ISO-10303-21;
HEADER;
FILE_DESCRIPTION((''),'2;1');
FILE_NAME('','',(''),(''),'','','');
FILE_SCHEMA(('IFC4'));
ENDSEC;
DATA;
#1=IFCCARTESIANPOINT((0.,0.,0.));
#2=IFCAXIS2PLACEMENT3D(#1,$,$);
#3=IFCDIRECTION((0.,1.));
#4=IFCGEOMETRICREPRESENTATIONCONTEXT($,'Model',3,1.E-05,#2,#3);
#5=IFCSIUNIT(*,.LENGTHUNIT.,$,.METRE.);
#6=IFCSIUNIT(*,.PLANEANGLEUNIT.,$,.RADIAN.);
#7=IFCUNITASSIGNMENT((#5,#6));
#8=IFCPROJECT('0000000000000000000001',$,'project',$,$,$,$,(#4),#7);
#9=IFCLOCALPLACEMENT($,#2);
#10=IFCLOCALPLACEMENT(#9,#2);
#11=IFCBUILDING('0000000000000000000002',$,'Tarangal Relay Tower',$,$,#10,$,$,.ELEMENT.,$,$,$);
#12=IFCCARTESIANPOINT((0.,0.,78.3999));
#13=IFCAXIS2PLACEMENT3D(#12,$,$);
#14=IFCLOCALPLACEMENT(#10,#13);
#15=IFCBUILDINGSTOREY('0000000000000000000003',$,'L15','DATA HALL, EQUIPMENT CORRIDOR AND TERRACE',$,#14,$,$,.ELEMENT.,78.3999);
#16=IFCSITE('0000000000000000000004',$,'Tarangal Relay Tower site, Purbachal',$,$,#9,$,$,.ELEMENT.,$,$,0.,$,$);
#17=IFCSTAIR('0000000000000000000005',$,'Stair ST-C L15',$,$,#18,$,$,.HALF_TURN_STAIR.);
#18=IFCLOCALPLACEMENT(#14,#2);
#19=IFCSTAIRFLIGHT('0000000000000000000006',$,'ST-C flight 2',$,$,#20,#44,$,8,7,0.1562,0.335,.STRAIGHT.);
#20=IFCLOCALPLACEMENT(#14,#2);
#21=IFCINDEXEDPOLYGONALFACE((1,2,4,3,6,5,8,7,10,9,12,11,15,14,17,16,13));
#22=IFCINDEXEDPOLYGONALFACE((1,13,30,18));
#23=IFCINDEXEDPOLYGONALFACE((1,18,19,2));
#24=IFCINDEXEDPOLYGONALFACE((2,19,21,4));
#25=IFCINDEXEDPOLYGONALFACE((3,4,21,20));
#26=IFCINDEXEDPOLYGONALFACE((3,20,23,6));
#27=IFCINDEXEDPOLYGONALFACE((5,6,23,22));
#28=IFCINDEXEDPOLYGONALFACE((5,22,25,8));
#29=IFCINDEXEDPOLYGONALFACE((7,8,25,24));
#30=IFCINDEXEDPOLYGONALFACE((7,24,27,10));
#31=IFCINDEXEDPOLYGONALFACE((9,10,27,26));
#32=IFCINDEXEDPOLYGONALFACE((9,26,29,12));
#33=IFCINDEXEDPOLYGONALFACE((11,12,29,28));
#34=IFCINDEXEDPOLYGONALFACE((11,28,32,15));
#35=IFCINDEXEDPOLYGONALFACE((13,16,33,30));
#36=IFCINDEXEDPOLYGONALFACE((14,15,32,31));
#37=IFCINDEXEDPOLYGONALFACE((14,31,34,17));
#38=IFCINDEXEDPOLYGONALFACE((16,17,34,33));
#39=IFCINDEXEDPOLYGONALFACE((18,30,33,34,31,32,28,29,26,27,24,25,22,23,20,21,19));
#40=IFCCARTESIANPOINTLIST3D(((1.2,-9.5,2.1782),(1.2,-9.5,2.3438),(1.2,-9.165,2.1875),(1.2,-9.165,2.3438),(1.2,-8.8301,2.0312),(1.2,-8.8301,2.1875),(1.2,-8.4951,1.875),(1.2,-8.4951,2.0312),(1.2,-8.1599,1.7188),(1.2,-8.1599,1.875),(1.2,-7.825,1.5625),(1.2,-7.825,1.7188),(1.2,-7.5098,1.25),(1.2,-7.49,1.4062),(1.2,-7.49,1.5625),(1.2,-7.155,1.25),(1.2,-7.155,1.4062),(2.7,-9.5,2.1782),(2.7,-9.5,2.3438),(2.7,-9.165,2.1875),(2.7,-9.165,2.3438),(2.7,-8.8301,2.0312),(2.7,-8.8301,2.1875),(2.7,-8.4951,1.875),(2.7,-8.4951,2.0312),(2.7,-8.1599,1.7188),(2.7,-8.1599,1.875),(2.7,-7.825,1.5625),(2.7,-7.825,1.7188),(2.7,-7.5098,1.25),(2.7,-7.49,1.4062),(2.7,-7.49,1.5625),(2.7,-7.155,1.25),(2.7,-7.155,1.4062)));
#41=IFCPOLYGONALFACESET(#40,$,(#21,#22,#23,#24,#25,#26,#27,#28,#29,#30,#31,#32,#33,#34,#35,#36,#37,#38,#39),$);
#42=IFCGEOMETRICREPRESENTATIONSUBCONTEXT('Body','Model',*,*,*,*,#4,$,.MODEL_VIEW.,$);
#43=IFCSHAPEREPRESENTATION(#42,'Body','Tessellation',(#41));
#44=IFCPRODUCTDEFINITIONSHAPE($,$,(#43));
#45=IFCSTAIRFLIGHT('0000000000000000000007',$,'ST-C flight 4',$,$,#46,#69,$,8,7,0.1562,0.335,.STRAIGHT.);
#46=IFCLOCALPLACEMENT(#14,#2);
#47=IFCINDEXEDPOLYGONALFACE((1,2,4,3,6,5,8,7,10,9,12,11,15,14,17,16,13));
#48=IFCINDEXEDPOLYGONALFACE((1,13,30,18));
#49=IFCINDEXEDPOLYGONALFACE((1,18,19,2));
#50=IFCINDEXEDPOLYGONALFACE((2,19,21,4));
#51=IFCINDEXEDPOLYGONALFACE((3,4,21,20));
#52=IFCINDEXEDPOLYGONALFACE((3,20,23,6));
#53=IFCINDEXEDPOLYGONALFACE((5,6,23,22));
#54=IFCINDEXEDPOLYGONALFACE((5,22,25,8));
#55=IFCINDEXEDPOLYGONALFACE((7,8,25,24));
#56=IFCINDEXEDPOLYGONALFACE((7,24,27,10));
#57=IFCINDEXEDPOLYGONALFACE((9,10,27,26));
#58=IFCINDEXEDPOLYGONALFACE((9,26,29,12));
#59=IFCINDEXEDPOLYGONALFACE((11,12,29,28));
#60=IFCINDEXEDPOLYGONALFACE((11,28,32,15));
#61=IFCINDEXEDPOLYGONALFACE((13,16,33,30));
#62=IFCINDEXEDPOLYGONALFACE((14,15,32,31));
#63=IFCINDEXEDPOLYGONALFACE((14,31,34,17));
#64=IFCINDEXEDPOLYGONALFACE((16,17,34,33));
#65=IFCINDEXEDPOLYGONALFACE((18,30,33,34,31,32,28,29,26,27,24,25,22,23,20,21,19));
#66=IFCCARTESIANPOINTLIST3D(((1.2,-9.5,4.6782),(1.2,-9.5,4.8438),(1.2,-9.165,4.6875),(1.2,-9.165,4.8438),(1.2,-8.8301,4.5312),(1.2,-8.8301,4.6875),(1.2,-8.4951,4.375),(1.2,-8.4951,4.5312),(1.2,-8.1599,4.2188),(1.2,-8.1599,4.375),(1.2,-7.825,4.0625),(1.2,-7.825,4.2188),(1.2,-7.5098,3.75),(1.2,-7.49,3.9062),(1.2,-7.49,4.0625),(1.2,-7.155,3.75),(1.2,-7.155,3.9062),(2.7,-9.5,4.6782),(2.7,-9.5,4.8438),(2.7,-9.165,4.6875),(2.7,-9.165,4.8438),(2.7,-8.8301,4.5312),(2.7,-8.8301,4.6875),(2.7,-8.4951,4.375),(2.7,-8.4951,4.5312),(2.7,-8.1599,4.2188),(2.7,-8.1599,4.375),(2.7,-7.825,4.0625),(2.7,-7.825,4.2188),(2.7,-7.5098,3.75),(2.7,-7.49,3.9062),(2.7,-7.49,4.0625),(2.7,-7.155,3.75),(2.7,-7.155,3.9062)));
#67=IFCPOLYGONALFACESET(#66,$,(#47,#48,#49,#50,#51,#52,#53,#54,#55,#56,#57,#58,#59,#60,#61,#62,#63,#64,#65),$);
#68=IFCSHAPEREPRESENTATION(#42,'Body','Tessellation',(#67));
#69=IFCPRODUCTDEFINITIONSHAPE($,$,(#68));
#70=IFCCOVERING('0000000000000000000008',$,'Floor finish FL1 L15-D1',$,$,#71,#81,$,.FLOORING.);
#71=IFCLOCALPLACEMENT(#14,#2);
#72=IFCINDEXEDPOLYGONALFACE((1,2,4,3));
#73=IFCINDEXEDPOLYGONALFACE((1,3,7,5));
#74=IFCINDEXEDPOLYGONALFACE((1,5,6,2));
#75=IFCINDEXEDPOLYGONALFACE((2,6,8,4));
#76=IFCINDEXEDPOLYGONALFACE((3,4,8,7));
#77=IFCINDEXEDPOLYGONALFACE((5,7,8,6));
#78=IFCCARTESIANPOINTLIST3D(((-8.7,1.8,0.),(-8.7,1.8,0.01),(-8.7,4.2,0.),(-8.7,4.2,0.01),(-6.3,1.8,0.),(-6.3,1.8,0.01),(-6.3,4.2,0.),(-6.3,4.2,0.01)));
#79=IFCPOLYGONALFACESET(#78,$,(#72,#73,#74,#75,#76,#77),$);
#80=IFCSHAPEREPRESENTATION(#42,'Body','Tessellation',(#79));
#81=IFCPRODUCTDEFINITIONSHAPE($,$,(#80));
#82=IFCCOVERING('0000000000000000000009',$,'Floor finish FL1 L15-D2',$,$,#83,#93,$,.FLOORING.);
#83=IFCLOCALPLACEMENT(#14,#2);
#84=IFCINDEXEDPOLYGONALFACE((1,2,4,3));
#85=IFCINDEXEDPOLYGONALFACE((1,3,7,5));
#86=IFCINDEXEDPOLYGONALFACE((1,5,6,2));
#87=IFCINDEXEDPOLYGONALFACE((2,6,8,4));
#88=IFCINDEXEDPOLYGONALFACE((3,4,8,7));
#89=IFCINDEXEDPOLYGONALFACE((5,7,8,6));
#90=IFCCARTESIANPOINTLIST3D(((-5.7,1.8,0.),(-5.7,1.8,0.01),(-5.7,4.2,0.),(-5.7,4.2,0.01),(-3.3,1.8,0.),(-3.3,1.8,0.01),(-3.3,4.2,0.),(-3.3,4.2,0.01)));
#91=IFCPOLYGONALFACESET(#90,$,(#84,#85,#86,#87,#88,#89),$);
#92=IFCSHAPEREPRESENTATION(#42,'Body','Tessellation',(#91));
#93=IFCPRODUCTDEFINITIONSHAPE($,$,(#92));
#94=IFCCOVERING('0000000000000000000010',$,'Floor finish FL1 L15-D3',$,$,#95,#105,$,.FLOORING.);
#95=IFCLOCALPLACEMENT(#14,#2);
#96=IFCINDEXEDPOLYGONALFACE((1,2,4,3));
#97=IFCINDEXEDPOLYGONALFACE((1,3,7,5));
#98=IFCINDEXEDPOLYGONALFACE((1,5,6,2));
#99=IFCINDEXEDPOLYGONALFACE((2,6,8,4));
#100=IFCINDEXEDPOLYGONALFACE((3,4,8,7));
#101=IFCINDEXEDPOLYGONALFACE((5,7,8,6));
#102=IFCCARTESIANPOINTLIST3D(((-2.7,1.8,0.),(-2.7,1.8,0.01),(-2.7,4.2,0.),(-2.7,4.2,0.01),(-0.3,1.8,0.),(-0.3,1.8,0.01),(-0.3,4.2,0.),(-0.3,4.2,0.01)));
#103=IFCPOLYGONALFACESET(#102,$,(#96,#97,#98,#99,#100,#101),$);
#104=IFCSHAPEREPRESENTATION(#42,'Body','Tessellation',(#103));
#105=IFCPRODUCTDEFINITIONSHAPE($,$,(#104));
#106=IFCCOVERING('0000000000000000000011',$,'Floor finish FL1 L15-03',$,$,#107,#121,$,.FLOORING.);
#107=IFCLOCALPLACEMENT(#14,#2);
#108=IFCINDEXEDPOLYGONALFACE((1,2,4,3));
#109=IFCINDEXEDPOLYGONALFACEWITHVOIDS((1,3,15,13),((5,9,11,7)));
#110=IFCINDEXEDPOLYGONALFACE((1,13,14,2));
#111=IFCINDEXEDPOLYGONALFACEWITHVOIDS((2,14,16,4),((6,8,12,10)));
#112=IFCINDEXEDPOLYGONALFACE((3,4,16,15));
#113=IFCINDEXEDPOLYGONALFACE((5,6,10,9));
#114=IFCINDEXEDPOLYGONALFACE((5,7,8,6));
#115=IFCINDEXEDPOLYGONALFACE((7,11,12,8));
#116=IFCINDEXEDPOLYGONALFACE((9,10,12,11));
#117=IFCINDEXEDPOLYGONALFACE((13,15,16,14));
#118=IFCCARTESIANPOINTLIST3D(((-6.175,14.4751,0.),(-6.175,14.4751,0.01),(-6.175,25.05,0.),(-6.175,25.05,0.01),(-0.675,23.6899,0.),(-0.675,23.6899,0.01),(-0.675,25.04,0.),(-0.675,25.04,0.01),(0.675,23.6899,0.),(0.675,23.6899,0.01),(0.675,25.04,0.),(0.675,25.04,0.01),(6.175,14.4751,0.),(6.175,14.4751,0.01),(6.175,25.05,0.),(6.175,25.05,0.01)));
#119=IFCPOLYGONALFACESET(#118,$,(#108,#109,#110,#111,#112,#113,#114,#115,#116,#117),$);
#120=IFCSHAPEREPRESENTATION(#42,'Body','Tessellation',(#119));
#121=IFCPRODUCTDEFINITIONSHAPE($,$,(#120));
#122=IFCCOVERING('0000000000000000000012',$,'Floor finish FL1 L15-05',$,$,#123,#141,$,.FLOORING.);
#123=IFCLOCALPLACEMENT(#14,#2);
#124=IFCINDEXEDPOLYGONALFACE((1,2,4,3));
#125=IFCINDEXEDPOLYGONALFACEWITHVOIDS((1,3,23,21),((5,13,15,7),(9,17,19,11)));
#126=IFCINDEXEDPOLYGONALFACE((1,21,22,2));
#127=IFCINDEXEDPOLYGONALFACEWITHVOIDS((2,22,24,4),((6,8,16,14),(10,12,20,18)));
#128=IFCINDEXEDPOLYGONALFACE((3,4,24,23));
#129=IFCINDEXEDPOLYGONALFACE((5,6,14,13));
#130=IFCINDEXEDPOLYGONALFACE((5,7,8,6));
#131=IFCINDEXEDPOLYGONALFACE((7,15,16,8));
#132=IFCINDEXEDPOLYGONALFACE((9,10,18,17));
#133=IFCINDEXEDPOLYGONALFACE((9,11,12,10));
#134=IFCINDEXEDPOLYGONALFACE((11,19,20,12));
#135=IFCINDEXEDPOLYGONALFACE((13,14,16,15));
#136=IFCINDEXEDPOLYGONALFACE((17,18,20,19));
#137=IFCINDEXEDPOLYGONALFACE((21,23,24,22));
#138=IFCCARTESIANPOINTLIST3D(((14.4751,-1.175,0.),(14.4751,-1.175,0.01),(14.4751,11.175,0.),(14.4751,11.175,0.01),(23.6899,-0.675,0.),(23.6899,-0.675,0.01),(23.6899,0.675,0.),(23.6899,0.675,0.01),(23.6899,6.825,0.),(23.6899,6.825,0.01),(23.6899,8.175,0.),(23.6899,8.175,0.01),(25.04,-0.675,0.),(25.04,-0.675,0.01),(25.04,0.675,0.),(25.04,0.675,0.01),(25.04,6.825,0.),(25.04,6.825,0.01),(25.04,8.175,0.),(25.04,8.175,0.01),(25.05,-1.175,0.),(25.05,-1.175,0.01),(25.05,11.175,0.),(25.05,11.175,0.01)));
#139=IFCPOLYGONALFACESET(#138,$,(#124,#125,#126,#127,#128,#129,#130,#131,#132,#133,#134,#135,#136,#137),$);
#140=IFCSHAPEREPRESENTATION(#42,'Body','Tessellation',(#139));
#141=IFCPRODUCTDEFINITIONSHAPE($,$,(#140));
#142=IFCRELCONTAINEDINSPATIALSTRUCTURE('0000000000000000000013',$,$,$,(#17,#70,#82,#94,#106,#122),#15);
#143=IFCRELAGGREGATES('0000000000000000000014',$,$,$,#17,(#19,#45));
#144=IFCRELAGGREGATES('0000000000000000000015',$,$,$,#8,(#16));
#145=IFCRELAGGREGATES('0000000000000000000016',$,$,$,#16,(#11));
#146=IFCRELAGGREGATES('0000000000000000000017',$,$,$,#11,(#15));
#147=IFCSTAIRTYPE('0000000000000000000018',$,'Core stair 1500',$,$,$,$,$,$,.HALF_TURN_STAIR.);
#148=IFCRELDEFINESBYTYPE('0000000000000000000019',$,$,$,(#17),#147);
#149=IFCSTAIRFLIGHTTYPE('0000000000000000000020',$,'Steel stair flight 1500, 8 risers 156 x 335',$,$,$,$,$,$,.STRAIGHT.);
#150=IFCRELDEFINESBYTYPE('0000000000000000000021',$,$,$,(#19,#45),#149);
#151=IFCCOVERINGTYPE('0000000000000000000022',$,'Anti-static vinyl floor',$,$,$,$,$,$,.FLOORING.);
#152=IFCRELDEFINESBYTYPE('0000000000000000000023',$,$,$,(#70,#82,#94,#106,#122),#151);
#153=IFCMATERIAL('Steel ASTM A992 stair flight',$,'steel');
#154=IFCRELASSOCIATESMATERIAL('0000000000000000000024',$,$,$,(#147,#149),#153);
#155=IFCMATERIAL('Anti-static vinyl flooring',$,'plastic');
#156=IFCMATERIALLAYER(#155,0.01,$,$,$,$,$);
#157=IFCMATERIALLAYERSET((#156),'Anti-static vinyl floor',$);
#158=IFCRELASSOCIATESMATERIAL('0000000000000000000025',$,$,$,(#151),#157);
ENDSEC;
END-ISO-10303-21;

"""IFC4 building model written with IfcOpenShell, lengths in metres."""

from ifc_helpers import new_model, si_unit, direction, frame, origin, place, context, subcontext, project, spatial, polyline, outline, extrude, material, layer, layer_set, type_object, element, aggregate, save


model = new_model("IFC4")

# Units and contexts
model_context = context("Model", 3, precision=1e-05, world=origin(), true_north=direction((0.0, 1.0)))
body_context = subcontext(model_context, "Body", "Model", "MODEL_VIEW")
ifc_project = project(units=[si_unit("LENGTHUNIT", "METRE"), si_unit("PLANEANGLEUNIT", "RADIAN")], contexts=[model_context])

# Site, building, storey
site_placement = place(None, origin())
site = spatial("IfcSite", under=ifc_project, at=site_placement, Name="Tarangal Relay Tower site, Purbachal", CompositionType="ELEMENT", RefElevation=0.0)
building_placement = place(site_placement, origin())
building = spatial("IfcBuilding", under=site, at=building_placement, Name="Tarangal Relay Tower", CompositionType="ELEMENT")
storey_placement = place(building_placement, frame((0.0, 0.0, 78.3999)))
storey = spatial("IfcBuildingStorey", under=building, at=storey_placement, Name="L15", Description="DATA HALL, EQUIPMENT CORRIDOR AND TERRACE", CompositionType="ELEMENT", Elevation=78.3999)

# Shared definitions
ifc_material_1 = material(Name="Steel ASTM A992 stair flight", Category="steel")
stair_type = type_object("IfcStairType", Name="Core stair 1500", PredefinedType="HALF_TURN_STAIR", material=ifc_material_1)

# Stair, stair flights
stair_1_placement = place(storey_placement, origin())
stair_1 = element("IfcStair", 1, at=stair_1_placement, inside=storey, type_object=stair_type, Name="Stair ST-C L15", PredefinedType="HALF_TURN_STAIR")
stair_flight_type = type_object("IfcStairFlightType", Name="Steel stair flight 1500, 8 risers 156 x 335", PredefinedType="STRAIGHT", material=ifc_material_1)
stair_flight_1_placement = place(storey_placement, frame((1.95, -7.155, 1.25), z_axis=(0.0, 0.0, 1.0), x_axis=(0.0, -1.0, 0.0)))
stair_flight_1 = element("IfcStairFlight", 2, at=stair_flight_1_placement, type_object=stair_flight_type, Name="ST-C flight 2", NumberOfRisers=8, NumberOfTreads=7, PredefinedType="STRAIGHT", RiserHeight=0.1562, TreadLength=0.335, context=body_context, shape_type="SweptSolid", body=[
    extrude(outline(polyline([(0.0, 0.0), (0.0, 0.1562), (0.335, 0.1562), (0.335, 0.3125), (0.6699, 0.3125), (0.6699, 0.4688), (1.0049, 0.4688), (1.0049, 0.625), (1.3401, 0.625), (1.3401, 0.7812), (1.675, 0.7812), (1.675, 0.9375), (2.01, 0.9375), (2.01, 1.0938), (2.345, 1.0938), (2.345, 1.25), (2.345, 0.9282), (0.3547, 0.0), (0.0, 0.0)])), frame((0.0, 0.75, 0.0), z_axis=(0.0, -1.0, 0.0), x_axis=(1.0, 0.0, 0.0)), (0.0, 0.0, 1.0), 1.5),
])
stair_flight_2_placement = place(storey_placement, frame((1.95, -7.155, 3.75), z_axis=(0.0, 0.0, 1.0), x_axis=(0.0, -1.0, 0.0)))
stair_flight_2 = element("IfcStairFlight", 3, at=stair_flight_2_placement, type_object=stair_flight_type, Name="ST-C flight 4", NumberOfRisers=8, NumberOfTreads=7, PredefinedType="STRAIGHT", RiserHeight=0.1562, TreadLength=0.335, context=body_context, shape_type="SweptSolid", body=[
    extrude(outline(polyline([(0.0, 0.0), (0.0, 0.1562), (0.335, 0.1562), (0.335, 0.3125), (0.6699, 0.3125), (0.6699, 0.4688), (1.0049, 0.4688), (1.0049, 0.625), (1.3401, 0.625), (1.3401, 0.7812), (1.675, 0.7812), (1.675, 0.9375), (2.01, 0.9375), (2.01, 1.0938), (2.345, 1.0938), (2.345, 1.25), (2.345, 0.9282), (0.3547, 0.0), (0.0, 0.0)])), frame((0.0, 0.75, 0.0), z_axis=(0.0, -1.0, 0.0), x_axis=(1.0, 0.0, 0.0)), (0.0, 0.0, 1.0), 1.5),
])
aggregate(stair_1, [stair_flight_1, stair_flight_2])

# Coverings
ifc_material_2 = material(Name="Anti-static vinyl flooring", Category="plastic")
ifc_layer_1 = layer(ifc_material_2, 0.01)
ifc_layer_set_1 = layer_set([ifc_layer_1], Name="Anti-static vinyl floor")
covering_type_1 = type_object("IfcCoveringType", Name="Anti-static vinyl floor", PredefinedType="FLOORING", material=ifc_layer_set_1)
covering_1_placement = place(storey_placement, origin())
element("IfcCovering", 4, at=covering_1_placement, inside=storey, type_object=covering_type_1, Name="Floor finish FL1 L15-D1", PredefinedType="FLOORING", context=body_context, shape_type="SweptSolid", body=[
    extrude(outline(polyline([(-8.7, 1.8), (-6.3, 1.8), (-6.3, 4.2), (-8.7, 4.2), (-8.7, 1.8)])), origin(), (0.0, 0.0, 1.0), 0.01),
])
covering_2_placement = place(storey_placement, origin())
element("IfcCovering", 5, at=covering_2_placement, inside=storey, type_object=covering_type_1, Name="Floor finish FL1 L15-D2", PredefinedType="FLOORING", context=body_context, shape_type="SweptSolid", body=[
    extrude(outline(polyline([(-5.7, 1.8), (-3.3, 1.8), (-3.3, 4.2), (-5.7, 4.2), (-5.7, 1.8)])), origin(), (0.0, 0.0, 1.0), 0.01),
])
covering_3_placement = place(storey_placement, origin())
element("IfcCovering", 6, at=covering_3_placement, inside=storey, type_object=covering_type_1, Name="Floor finish FL1 L15-D3", PredefinedType="FLOORING", context=body_context, shape_type="SweptSolid", body=[
    extrude(outline(polyline([(-2.7, 1.8), (-0.3, 1.8), (-0.3, 4.2), (-2.7, 4.2), (-2.7, 1.8)])), origin(), (0.0, 0.0, 1.0), 0.01),
])
covering_4_placement = place(storey_placement, origin())
element("IfcCovering", 7, at=covering_4_placement, inside=storey, type_object=covering_type_1, Name="Floor finish FL1 L15-03", PredefinedType="FLOORING", context=body_context, shape_type="SweptSolid", body=[
    extrude(outline(polyline([(6.175, 25.05), (-6.175, 25.05), (-6.175, 14.4751), (6.175, 14.4751), (6.175, 25.05)]), holes=[polyline([(0.675, 25.04), (-0.675, 25.04), (-0.675, 23.6899), (0.675, 23.6899), (0.675, 25.04)])]), origin(), (0.0, 0.0, 1.0), 0.01),
])
covering_5_placement = place(storey_placement, origin())
element("IfcCovering", 8, at=covering_5_placement, inside=storey, type_object=covering_type_1, Name="Floor finish FL1 L15-05", PredefinedType="FLOORING", context=body_context, shape_type="SweptSolid", body=[
    extrude(outline(polyline([(25.05, -1.175), (25.05, 11.175), (14.4751, 11.175), (14.4751, -1.175), (25.05, -1.175)]), holes=[polyline([(25.04, -0.675), (25.04, 0.675), (23.6899, 0.675), (23.6899, -0.675), (25.04, -0.675)]), polyline([(25.04, 6.825), (25.04, 8.175), (23.6899, 8.175), (23.6899, 6.825), (25.04, 6.825)])]), origin(), (0.0, 0.0, 1.0), 0.01),
])

save(model, "model.ifc")
